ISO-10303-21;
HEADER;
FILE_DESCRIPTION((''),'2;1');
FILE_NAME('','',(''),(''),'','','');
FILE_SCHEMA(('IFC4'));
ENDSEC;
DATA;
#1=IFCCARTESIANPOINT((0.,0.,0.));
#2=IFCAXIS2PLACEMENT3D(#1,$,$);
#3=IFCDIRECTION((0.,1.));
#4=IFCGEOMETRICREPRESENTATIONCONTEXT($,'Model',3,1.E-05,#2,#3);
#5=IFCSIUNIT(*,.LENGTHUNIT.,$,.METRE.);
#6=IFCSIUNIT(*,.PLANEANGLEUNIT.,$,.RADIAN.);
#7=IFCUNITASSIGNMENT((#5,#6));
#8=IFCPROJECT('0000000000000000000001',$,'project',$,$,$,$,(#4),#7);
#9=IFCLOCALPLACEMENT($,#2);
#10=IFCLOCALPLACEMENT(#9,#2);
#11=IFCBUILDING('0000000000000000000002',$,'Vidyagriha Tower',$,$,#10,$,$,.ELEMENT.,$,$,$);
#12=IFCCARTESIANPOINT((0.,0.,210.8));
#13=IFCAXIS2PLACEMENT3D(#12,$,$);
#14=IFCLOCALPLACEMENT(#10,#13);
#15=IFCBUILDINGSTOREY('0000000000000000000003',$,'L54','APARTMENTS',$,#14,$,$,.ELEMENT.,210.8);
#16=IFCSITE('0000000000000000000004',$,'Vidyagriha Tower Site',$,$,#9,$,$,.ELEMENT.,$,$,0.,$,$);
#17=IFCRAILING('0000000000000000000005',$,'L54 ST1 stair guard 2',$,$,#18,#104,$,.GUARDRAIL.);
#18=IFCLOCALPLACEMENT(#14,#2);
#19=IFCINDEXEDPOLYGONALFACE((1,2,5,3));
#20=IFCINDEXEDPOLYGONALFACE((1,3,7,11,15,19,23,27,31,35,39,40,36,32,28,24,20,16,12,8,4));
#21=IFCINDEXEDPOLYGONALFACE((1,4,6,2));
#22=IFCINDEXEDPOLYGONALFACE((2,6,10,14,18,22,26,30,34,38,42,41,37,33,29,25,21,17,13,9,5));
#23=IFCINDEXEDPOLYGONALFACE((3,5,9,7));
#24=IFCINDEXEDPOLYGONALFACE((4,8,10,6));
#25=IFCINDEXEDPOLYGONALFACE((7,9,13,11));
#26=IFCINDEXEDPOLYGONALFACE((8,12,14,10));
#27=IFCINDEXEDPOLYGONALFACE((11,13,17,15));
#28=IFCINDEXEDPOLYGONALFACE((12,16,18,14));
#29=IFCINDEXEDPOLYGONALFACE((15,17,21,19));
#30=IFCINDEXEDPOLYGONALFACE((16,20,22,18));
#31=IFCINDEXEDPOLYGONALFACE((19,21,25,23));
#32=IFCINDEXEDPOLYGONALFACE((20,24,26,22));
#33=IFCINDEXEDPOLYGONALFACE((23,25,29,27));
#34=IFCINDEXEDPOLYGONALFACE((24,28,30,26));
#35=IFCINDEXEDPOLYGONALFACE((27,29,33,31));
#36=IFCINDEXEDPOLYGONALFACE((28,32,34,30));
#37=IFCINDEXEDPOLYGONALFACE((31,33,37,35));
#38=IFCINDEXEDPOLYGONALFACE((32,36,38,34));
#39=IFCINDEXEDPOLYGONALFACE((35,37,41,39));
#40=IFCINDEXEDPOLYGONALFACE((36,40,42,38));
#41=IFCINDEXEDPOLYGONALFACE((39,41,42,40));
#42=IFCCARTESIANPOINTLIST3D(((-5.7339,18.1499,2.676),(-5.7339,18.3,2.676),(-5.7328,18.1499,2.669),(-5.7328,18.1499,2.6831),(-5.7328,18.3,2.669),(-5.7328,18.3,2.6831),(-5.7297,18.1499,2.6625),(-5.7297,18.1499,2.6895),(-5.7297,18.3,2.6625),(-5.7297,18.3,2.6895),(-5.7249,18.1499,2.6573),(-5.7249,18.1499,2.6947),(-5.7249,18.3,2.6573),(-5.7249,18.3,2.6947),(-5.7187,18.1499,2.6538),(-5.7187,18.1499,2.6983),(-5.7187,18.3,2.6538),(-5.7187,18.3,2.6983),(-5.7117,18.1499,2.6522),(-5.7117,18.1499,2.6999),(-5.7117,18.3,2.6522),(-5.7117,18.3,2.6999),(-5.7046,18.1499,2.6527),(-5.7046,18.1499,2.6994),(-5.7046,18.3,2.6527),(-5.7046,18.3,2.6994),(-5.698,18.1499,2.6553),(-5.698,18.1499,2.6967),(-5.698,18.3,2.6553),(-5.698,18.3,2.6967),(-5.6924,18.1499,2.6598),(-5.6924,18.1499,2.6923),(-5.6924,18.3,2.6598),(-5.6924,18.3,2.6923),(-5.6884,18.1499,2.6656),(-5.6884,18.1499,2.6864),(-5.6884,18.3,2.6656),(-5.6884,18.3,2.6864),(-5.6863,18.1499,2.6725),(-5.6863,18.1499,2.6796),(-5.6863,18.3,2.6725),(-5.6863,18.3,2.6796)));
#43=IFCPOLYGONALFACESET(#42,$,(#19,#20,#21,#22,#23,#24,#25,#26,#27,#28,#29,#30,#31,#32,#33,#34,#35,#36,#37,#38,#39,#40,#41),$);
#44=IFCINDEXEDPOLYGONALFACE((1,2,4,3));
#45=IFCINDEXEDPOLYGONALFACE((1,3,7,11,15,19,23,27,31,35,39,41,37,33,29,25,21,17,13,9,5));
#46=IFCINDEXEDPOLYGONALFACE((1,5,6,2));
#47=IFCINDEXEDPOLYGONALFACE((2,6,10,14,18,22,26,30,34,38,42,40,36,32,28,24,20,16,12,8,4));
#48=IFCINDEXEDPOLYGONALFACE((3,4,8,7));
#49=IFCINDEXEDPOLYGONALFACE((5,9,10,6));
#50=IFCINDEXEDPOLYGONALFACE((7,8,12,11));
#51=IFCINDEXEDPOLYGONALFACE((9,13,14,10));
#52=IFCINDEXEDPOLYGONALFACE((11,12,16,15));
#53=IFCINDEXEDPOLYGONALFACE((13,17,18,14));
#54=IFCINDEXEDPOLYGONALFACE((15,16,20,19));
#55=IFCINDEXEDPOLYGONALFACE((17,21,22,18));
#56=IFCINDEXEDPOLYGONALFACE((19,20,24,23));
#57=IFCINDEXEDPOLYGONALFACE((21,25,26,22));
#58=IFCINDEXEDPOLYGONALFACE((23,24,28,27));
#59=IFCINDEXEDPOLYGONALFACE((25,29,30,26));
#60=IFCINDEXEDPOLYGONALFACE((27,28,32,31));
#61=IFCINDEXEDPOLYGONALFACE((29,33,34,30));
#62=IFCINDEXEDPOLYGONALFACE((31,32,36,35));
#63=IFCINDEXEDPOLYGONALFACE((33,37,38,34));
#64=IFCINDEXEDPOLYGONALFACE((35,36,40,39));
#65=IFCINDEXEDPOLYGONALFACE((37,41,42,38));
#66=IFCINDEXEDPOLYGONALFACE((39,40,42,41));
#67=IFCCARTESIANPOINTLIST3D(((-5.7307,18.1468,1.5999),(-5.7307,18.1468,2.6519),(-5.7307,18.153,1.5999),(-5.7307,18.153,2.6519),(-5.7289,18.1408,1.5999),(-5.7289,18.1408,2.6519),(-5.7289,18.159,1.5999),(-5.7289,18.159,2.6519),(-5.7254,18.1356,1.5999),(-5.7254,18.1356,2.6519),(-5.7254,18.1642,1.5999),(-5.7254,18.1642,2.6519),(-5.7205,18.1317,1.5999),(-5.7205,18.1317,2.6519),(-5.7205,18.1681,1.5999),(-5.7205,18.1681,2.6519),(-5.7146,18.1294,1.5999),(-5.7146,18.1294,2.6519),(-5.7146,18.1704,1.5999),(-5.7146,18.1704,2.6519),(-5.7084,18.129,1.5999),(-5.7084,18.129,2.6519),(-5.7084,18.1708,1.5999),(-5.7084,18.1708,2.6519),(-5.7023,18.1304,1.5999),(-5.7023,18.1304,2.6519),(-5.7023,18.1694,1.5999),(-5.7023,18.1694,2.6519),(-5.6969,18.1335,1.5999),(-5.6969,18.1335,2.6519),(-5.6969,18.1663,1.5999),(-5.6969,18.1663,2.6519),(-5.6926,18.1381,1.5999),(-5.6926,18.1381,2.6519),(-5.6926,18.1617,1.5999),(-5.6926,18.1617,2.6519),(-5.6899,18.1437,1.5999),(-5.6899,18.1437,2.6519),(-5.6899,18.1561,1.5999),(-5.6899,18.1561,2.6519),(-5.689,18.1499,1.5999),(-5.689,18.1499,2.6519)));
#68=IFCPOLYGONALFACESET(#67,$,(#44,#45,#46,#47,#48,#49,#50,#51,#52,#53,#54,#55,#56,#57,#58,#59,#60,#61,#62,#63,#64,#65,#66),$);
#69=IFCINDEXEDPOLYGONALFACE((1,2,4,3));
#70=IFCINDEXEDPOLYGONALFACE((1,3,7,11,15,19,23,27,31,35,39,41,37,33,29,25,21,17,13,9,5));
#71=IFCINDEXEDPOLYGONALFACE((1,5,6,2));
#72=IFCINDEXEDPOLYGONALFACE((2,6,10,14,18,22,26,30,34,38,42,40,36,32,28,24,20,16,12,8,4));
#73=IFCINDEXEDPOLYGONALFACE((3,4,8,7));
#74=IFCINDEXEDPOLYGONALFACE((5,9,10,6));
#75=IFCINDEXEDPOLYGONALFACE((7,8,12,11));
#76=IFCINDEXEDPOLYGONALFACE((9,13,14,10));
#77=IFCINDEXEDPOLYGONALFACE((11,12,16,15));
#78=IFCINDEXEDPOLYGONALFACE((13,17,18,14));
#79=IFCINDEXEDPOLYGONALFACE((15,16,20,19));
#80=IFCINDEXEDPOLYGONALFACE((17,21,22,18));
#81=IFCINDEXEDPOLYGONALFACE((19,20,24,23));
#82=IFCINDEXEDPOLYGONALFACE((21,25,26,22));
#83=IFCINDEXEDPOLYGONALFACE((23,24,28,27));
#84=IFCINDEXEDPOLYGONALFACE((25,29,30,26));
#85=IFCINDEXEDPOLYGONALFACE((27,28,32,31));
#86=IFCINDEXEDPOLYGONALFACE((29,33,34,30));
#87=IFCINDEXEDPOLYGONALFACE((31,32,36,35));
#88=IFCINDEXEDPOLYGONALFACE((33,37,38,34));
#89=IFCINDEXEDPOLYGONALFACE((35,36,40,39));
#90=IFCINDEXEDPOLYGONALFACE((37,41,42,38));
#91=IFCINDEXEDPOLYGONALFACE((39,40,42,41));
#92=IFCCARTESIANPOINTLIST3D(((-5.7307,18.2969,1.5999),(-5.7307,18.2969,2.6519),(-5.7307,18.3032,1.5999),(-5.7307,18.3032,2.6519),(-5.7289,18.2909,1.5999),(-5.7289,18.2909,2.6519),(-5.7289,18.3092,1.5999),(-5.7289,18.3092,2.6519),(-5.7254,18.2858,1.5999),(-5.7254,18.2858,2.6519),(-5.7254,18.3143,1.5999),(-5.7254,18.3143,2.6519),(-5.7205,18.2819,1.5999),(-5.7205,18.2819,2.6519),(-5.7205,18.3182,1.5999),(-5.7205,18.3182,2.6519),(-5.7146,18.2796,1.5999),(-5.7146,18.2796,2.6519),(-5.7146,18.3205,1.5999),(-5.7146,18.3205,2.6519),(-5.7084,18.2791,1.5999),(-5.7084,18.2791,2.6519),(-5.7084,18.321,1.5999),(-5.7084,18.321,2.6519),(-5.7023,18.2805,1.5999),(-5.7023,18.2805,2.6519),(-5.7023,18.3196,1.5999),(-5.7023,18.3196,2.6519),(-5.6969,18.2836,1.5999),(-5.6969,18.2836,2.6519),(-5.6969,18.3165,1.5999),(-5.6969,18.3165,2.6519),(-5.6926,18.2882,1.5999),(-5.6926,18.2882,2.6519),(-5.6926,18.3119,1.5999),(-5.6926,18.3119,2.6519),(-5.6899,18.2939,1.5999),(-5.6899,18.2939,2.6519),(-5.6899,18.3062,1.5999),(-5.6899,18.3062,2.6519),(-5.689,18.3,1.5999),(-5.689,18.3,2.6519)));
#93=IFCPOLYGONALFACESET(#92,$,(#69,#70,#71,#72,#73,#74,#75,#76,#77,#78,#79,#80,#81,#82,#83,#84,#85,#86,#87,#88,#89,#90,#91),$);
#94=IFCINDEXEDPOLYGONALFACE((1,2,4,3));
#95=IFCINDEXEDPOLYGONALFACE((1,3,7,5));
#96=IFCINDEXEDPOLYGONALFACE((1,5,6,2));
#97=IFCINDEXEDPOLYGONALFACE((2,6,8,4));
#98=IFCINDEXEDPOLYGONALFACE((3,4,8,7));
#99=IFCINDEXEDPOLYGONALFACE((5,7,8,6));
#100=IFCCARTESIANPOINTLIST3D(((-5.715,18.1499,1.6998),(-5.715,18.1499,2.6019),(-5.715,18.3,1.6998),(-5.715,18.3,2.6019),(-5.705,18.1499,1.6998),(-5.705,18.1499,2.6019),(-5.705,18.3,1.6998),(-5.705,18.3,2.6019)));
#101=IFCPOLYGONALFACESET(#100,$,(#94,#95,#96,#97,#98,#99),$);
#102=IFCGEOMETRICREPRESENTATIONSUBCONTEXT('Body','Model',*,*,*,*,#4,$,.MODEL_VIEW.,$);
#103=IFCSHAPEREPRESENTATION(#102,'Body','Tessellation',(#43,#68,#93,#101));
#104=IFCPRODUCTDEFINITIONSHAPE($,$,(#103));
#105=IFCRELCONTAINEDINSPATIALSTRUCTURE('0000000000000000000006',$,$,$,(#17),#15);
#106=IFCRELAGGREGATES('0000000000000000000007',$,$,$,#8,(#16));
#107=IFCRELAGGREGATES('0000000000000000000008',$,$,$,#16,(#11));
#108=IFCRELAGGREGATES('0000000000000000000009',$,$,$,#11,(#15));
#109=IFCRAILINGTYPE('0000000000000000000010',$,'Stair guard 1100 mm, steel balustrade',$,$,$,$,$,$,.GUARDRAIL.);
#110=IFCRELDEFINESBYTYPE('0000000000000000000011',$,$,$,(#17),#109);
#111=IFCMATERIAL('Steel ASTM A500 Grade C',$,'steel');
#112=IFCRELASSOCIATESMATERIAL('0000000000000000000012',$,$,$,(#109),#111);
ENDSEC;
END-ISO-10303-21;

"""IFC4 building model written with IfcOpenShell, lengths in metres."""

from ifc_helpers import new_model, si_unit, direction, frame, origin, origin_2d, place, context, subcontext, project, spatial, rectangle, circle, extrude, material, type_object, element, save


model = new_model("IFC4")

# Units and contexts
model_context = context("Model", 3, precision=1e-05, world=origin(), true_north=direction((0.0, 1.0)))
body_context = subcontext(model_context, "Body", "Model", "MODEL_VIEW")
ifc_project = project(units=[si_unit("LENGTHUNIT", "METRE"), si_unit("PLANEANGLEUNIT", "RADIAN")], contexts=[model_context])

# Site, building, storey
site_placement = place(None, origin())
site = spatial("IfcSite", under=ifc_project, at=site_placement, Name="Vidyagriha Tower Site", CompositionType="ELEMENT", RefElevation=0.0)
building_placement = place(site_placement, origin())
building = spatial("IfcBuilding", under=site, at=building_placement, Name="Vidyagriha Tower", CompositionType="ELEMENT")
storey_placement = place(building_placement, frame((0.0, 0.0, 210.8)))
storey = spatial("IfcBuildingStorey", under=building, at=storey_placement, Name="L54", Description="APARTMENTS", CompositionType="ELEMENT", Elevation=210.8)

# Railing
ifc_material_1 = material(Name="Steel ASTM A500 Grade C", Category="steel")
railing_type_1 = type_object("IfcRailingType", Name="Stair guard 1100 mm, steel balustrade", PredefinedType="GUARDRAIL", material=ifc_material_1)
railing_1_placement = place(storey_placement, frame((-5.71, 18.1499, 1.5999)))
element("IfcRailing", 1, at=railing_1_placement, inside=storey, type_object=railing_type_1, Name="L54 ST1 stair guard 2", PredefinedType="GUARDRAIL", context=body_context, shape_type="SweptSolid", body=[
    extrude(circle(Radius=0.0239, at=origin_2d()), frame((0.0, 0.0, 1.0762), z_axis=(0.0, 1.0, 0.0), x_axis=(-1.0, 0.0, 0.0)), (0.0, 0.0, 1.0), 0.1501),
    extrude(circle(Radius=0.021, at=origin_2d()), origin(), (0.0, 0.0, 1.0), 1.052),
    extrude(circle(Radius=0.021, at=origin_2d()), frame((0.0, 0.1501, 0.0)), (0.0, 0.0, 1.0), 1.052),
    extrude(rectangle(XDim=0.01, YDim=0.9021, at=origin_2d()), frame((0.0, 0.0, 0.551), z_axis=(0.0, 1.0, 0.0), x_axis=(-1.0, 0.0, 0.0)), (0.0, 0.0, 1.0), 0.1501),
])

save(model, "model.ifc")
